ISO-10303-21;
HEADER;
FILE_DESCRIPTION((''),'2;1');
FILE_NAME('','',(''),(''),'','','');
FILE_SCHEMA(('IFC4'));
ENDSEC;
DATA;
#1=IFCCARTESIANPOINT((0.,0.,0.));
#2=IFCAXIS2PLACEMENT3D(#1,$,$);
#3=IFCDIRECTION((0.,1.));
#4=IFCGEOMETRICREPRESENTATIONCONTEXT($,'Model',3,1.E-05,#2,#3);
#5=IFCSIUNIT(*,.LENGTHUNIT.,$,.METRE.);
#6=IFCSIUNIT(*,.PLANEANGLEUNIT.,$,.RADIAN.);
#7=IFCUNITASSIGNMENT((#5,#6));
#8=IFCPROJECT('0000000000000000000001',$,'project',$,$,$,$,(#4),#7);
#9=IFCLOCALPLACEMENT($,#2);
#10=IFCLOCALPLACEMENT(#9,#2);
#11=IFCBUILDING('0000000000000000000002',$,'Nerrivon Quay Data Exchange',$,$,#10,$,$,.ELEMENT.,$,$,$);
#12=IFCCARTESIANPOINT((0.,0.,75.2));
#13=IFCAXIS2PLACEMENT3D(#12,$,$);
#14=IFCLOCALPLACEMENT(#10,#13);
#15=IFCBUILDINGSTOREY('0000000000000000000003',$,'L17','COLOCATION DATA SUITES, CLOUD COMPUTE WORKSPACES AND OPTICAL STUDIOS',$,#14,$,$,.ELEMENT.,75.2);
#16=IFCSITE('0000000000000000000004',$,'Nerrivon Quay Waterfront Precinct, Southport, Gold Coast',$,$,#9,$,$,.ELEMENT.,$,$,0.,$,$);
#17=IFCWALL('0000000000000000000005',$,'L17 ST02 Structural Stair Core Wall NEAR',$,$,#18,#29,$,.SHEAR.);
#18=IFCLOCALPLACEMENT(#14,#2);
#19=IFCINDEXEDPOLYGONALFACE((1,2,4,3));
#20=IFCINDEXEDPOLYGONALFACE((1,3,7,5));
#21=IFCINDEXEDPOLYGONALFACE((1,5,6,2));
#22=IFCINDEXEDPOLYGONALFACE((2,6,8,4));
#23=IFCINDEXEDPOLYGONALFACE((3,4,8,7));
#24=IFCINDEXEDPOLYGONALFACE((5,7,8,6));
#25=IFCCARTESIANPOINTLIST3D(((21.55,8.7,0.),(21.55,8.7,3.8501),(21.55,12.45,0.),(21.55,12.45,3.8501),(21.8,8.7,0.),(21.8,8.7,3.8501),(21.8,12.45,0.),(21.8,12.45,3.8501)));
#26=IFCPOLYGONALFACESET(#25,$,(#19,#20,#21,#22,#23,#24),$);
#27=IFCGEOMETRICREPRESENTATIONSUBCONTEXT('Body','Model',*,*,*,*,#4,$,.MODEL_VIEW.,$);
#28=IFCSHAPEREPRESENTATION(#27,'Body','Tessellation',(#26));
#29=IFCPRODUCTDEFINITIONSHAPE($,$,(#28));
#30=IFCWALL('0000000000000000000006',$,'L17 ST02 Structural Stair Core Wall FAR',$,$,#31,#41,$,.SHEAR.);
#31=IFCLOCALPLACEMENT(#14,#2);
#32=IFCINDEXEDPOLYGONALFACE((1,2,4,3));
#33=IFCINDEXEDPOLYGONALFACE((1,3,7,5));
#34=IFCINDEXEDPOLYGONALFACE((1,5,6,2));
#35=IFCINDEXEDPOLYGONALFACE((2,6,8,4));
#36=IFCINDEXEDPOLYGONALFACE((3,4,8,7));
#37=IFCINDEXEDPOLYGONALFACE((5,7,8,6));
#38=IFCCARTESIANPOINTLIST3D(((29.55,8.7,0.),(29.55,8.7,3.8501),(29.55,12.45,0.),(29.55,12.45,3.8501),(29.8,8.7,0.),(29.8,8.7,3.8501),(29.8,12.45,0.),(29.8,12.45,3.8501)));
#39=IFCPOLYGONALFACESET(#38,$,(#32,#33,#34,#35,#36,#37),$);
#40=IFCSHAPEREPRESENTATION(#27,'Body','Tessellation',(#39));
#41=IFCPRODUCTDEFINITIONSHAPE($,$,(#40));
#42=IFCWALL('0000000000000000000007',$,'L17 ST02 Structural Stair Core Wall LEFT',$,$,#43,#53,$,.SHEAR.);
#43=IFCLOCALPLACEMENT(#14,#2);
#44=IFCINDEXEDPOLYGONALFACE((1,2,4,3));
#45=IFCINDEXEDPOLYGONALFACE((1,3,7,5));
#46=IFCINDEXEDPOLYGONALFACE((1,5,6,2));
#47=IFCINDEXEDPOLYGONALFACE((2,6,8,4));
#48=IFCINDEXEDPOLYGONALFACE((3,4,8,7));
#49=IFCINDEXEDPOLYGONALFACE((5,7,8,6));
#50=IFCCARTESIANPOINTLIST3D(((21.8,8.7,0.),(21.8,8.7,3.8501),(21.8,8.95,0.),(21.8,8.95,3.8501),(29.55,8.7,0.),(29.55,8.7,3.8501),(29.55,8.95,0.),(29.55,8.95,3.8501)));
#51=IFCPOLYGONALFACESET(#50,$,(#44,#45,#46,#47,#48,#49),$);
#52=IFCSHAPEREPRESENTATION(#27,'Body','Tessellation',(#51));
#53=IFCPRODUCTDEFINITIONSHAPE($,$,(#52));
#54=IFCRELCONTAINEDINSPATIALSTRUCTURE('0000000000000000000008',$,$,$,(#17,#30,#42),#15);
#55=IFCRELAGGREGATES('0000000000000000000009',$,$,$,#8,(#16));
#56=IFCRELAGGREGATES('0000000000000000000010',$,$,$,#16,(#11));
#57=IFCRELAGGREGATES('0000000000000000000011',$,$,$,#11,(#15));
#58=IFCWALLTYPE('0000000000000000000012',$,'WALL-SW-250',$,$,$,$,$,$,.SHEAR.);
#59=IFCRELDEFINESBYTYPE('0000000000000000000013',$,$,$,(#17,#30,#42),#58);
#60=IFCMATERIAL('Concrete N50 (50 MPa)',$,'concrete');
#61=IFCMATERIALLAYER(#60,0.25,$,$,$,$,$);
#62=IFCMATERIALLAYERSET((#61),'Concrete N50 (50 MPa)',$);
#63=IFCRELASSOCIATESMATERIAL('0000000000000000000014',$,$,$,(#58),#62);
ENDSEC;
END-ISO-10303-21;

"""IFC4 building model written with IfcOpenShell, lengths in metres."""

from ifc_helpers import new_model, si_unit, direction, frame, frame_2d, origin, place, context, subcontext, project, spatial, rectangle, extrude, material, layer, layer_set, type_object, element, save


model = new_model("IFC4")

# Units and contexts
model_context = context("Model", 3, precision=1e-05, world=origin(), true_north=direction((0.0, 1.0)))
body_context = subcontext(model_context, "Body", "Model", "MODEL_VIEW")
ifc_project = project(units=[si_unit("LENGTHUNIT", "METRE"), si_unit("PLANEANGLEUNIT", "RADIAN")], contexts=[model_context])

# Site, building, storey
site_placement = place(None, origin())
site = spatial("IfcSite", under=ifc_project, at=site_placement, Name="Nerrivon Quay Waterfront Precinct, Southport, Gold Coast", CompositionType="ELEMENT", RefElevation=0.0)
building_placement = place(site_placement, origin())
building = spatial("IfcBuilding", under=site, at=building_placement, Name="Nerrivon Quay Data Exchange", CompositionType="ELEMENT")
storey_placement = place(building_placement, frame((0.0, 0.0, 75.2)))
storey = spatial("IfcBuildingStorey", under=building, at=storey_placement, Name="L17", Description="COLOCATION DATA SUITES, CLOUD COMPUTE WORKSPACES AND OPTICAL STUDIOS", CompositionType="ELEMENT", Elevation=75.2)

# Shared definitions
ifc_material_1 = material(Name="Concrete N50 (50 MPa)", Category="concrete")

# Walls
ifc_layer_1 = layer(ifc_material_1, 0.25)
ifc_layer_set_1 = layer_set([ifc_layer_1], Name="Concrete N50 (50 MPa)")
wall_type_1 = type_object("IfcWallType", Name="WALL-SW-250", PredefinedType="SHEAR", material=ifc_layer_set_1)
for number, where, z_axis, x_axis, name in (
    (1, (21.675, 8.7, 0.0), (0.0, 0.0, 1.0), (0.0, 1.0, 0.0), "L17 ST02 Structural Stair Core Wall NEAR"),
    (2, (29.675, 8.7, 0.0), (0.0, 0.0, 1.0), (0.0, 1.0, 0.0), "L17 ST02 Structural Stair Core Wall FAR"),
):
    element("IfcWall", number, at=place(storey_placement, frame(where, z_axis=z_axis, x_axis=x_axis)), inside=storey, type_object=wall_type_1, Name=name, PredefinedType="SHEAR", context=body_context, shape_type="SweptSolid", body=[
        extrude(rectangle(XDim=3.75, YDim=0.25, at=frame_2d((1.875, 0.0))), origin(), (0.0, 0.0, 1.0), 3.8501),
    ])
wall_1_placement = place(storey_placement, frame((21.8, 8.825, 0.0), z_axis=(0.0, 0.0, 1.0), x_axis=(1.0, 0.0, 0.0)))
element("IfcWall", 3, at=wall_1_placement, inside=storey, type_object=wall_type_1, Name="L17 ST02 Structural Stair Core Wall LEFT", PredefinedType="SHEAR", context=body_context, shape_type="SweptSolid", body=[
    extrude(rectangle(XDim=7.75, YDim=0.25, at=frame_2d((3.875, 0.0))), origin(), (0.0, 0.0, 1.0), 3.8501),
])

save(model, "model.ifc")
